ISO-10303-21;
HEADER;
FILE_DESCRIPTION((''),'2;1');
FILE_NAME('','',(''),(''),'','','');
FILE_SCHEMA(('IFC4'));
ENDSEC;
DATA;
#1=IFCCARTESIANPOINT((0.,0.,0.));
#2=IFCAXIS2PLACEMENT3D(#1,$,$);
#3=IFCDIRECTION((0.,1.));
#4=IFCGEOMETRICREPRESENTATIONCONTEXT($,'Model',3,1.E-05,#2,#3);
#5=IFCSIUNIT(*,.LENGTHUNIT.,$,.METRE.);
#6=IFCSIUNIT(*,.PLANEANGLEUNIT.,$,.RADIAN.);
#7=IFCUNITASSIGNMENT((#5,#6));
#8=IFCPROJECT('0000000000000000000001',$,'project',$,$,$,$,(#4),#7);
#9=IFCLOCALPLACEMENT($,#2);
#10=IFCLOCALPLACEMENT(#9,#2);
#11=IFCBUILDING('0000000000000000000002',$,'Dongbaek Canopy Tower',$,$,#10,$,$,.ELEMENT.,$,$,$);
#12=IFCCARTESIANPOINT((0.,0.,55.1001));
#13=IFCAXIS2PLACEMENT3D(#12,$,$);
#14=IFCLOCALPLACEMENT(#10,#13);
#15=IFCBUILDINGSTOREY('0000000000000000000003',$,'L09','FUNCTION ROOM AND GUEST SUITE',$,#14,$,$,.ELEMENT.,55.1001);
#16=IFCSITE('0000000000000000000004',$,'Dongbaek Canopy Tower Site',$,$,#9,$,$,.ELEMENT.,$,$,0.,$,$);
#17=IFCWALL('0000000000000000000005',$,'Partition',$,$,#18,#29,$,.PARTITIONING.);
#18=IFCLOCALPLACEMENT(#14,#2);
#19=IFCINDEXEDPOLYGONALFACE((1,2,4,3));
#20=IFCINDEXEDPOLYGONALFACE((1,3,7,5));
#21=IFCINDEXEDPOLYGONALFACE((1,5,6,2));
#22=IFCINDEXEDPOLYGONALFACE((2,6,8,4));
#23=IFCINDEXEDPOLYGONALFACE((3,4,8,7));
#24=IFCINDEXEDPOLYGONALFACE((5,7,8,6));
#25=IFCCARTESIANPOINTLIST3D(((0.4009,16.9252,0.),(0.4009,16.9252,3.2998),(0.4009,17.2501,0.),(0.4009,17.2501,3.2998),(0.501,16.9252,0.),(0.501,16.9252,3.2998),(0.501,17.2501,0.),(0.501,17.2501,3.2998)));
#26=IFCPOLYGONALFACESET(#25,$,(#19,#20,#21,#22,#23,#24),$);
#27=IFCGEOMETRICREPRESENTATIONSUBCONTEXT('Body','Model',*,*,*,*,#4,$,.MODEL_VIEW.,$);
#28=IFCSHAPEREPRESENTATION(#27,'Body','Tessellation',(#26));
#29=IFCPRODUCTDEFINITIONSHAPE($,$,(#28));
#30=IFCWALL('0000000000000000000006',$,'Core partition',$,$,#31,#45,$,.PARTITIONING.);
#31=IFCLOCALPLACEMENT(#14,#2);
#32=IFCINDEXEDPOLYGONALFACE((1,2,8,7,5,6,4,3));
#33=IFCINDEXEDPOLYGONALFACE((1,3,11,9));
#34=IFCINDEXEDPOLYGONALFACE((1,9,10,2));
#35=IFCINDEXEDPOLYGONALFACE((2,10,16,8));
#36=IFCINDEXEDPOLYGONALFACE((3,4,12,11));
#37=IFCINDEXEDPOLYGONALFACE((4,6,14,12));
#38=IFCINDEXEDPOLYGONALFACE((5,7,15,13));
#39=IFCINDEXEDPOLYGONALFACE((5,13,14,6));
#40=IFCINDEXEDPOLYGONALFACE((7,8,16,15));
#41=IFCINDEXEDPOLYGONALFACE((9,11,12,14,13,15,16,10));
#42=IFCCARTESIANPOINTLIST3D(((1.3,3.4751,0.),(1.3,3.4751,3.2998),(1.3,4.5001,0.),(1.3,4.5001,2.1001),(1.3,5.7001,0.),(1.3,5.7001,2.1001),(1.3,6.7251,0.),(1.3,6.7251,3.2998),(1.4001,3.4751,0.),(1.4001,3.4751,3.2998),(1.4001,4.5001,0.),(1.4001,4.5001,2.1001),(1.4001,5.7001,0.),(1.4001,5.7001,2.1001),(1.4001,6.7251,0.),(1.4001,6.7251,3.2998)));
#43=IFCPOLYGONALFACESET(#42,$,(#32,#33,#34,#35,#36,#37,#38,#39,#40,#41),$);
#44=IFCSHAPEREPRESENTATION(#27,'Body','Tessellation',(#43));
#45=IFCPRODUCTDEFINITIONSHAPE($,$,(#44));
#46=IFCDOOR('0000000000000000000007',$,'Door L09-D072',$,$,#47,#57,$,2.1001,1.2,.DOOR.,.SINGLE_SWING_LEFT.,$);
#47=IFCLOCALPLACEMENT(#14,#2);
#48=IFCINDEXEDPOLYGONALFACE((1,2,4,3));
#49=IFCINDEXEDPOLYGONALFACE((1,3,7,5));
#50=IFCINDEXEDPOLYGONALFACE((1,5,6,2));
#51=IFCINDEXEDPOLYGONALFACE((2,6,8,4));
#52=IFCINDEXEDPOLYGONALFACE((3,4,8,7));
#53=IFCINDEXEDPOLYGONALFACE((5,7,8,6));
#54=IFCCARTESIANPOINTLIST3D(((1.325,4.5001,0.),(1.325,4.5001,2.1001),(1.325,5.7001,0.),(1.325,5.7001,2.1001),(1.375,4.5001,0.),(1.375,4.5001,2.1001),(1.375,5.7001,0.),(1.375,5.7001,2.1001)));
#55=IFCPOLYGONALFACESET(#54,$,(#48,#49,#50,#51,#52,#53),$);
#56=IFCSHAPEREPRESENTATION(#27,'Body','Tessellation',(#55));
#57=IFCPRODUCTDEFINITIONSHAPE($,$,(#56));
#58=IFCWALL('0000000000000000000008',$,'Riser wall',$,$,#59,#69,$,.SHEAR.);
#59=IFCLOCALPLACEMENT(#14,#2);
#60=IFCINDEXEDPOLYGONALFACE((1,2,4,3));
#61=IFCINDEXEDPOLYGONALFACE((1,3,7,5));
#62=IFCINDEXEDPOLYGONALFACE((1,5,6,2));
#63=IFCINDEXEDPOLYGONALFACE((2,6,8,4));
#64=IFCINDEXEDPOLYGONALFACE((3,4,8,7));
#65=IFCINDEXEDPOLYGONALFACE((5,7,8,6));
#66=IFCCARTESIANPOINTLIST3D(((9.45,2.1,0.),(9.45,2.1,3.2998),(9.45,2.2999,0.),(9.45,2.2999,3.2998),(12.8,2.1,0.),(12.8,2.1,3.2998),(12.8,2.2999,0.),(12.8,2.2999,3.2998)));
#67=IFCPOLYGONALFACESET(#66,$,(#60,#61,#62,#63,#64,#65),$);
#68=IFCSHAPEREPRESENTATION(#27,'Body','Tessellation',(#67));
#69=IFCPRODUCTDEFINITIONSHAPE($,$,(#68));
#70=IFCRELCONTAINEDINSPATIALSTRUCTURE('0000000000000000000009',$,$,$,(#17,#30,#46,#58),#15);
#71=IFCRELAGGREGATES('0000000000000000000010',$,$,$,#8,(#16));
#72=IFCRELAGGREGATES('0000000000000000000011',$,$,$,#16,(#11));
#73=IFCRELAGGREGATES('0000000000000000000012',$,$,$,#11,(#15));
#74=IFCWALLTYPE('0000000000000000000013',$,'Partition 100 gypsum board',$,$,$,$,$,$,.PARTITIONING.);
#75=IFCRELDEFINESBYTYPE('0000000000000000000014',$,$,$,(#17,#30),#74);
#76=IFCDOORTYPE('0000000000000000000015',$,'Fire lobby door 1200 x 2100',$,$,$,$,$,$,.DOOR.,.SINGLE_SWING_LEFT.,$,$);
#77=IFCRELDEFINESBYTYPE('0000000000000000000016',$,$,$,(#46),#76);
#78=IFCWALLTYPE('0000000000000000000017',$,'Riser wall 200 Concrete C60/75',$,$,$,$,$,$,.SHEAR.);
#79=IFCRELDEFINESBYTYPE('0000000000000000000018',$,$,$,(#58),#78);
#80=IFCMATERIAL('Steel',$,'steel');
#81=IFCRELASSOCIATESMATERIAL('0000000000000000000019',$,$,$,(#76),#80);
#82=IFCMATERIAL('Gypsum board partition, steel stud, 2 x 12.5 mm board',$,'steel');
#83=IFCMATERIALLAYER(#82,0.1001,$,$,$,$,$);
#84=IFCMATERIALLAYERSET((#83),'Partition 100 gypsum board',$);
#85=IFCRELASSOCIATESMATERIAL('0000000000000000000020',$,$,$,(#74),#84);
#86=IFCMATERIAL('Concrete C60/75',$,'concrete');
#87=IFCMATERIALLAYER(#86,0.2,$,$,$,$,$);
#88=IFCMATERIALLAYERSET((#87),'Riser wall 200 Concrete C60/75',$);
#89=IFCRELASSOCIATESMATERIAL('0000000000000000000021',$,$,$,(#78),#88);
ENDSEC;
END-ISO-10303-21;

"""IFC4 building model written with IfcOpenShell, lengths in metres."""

from ifc_helpers import new_model, si_unit, direction, frame, frame_2d, origin, place, context, subcontext, project, spatial, rectangle, extrude, material, layer, layer_set, type_object, element, fill, save


model = new_model("IFC4")

# Units and contexts
model_context = context("Model", 3, precision=1e-05, world=origin(), true_north=direction((0.0, 1.0)))
body_context = subcontext(model_context, "Body", "Model", "MODEL_VIEW")
ifc_project = project(units=[si_unit("LENGTHUNIT", "METRE"), si_unit("PLANEANGLEUNIT", "RADIAN")], contexts=[model_context])

# Site, building, storey
site_placement = place(None, origin())
site = spatial("IfcSite", under=ifc_project, at=site_placement, Name="Dongbaek Canopy Tower Site", CompositionType="ELEMENT", RefElevation=0.0)
building_placement = place(site_placement, origin())
building = spatial("IfcBuilding", under=site, at=building_placement, Name="Dongbaek Canopy Tower", CompositionType="ELEMENT")
storey_placement = place(building_placement, frame((0.0, 0.0, 55.1001)))
storey = spatial("IfcBuildingStorey", under=building, at=storey_placement, Name="L09", Description="FUNCTION ROOM AND GUEST SUITE", CompositionType="ELEMENT", Elevation=55.1001)

# Shared definitions
ifc_material_1 = material(Name="Steel", Category="steel")
door_type_1 = type_object("IfcDoorType", Name="Fire lobby door 1200 x 2100", OperationType="SINGLE_SWING_LEFT", PredefinedType="DOOR", material=ifc_material_1)

# Wall
ifc_material_2 = material(Name="Gypsum board partition, steel stud, 2 x 12.5 mm board", Category="steel")
ifc_layer_1 = layer(ifc_material_2, 0.1001)
ifc_layer_set_1 = layer_set([ifc_layer_1], Name="Partition 100 gypsum board")
wall_type_1 = type_object("IfcWallType", Name="Partition 100 gypsum board", PredefinedType="PARTITIONING", material=ifc_layer_set_1)
wall_1_placement = place(storey_placement, frame((0.4509, 16.925, 0.0), z_axis=(0.0, 0.0, 1.0), x_axis=(0.0, 1.0, 0.0)))
element("IfcWall", 1, at=wall_1_placement, inside=storey, type_object=wall_type_1, Name="Partition", PredefinedType="PARTITIONING", context=body_context, shape_type="SweptSolid", body=[
    extrude(rectangle(XDim=0.325, YDim=0.1001, at=frame_2d((0.1626, 0.0))), origin(), (0.0, 0.0, 1.0), 3.2998),
])

# Wall, opening, door
wall_2_placement = place(storey_placement, frame((1.3501, 6.7251, 0.0), z_axis=(0.0, 0.0, 1.0), x_axis=(0.0, -1.0, 0.0)))
wall_2 = element("IfcWall", 2, at=wall_2_placement, inside=storey, type_object=wall_type_1, Name="Core partition", PredefinedType="PARTITIONING", context=body_context, shape_type="SweptSolid", body=[
    extrude(rectangle(XDim=3.25, YDim=0.1001, at=frame_2d((1.625, 0.0))), origin(), (0.0, 0.0, 1.0), 3.2998),
])
opening_1_placement = place(wall_2_placement, frame((1.0249, 0.0, 0.0)))
opening_1 = element("IfcOpeningElement", 3, at=opening_1_placement, cuts=wall_2, PredefinedType="OPENING", context=body_context, shape_type="SweptSolid", body=[
    extrude(rectangle(XDim=1.2, YDim=2.1001, at=frame_2d((0.6001, 1.05))), frame((0.0, 0.0601, 0.0), z_axis=(0.0, -1.0, 0.0), x_axis=(1.0, 0.0, 0.0)), (0.0, 0.0, 1.0), 0.1201),
])
door_1_placement = place(opening_1_placement, origin())
door_1 = element("IfcDoor", 4, at=door_1_placement, inside=storey, type_object=door_type_1, Name="Door L09-D072", OperationType="SINGLE_SWING_LEFT", OverallHeight=2.1001, OverallWidth=1.2, PredefinedType="DOOR", context=body_context, shape_type="SweptSolid", body=[
    extrude(rectangle(XDim=1.2, YDim=2.1001, at=frame_2d((0.6001, 1.05))), frame((0.0, 0.0249, 0.0), z_axis=(0.0, -1.0, 0.0), x_axis=(1.0, 0.0, 0.0)), (0.0, 0.0, 1.0), 0.05),
])
fill(opening_1, door_1)

# Wall
ifc_material_3 = material(Name="Concrete C60/75", Category="concrete")
ifc_layer_2 = layer(ifc_material_3, 0.2)
ifc_layer_set_2 = layer_set([ifc_layer_2], Name="Riser wall 200 Concrete C60/75")
wall_type_2 = type_object("IfcWallType", Name="Riser wall 200 Concrete C60/75", PredefinedType="SHEAR", material=ifc_layer_set_2)
wall_3_placement = place(storey_placement, frame((9.45, 2.2, 0.0), z_axis=(0.0, 0.0, 1.0), x_axis=(1.0, 0.0, 0.0)))
element("IfcWall", 5, at=wall_3_placement, inside=storey, type_object=wall_type_2, Name="Riser wall", PredefinedType="SHEAR", context=body_context, shape_type="SweptSolid", body=[
    extrude(rectangle(XDim=3.3501, YDim=0.2, at=frame_2d((1.675, 0.0))), origin(), (0.0, 0.0, 1.0), 3.2998),
])

save(model, "model.ifc")
